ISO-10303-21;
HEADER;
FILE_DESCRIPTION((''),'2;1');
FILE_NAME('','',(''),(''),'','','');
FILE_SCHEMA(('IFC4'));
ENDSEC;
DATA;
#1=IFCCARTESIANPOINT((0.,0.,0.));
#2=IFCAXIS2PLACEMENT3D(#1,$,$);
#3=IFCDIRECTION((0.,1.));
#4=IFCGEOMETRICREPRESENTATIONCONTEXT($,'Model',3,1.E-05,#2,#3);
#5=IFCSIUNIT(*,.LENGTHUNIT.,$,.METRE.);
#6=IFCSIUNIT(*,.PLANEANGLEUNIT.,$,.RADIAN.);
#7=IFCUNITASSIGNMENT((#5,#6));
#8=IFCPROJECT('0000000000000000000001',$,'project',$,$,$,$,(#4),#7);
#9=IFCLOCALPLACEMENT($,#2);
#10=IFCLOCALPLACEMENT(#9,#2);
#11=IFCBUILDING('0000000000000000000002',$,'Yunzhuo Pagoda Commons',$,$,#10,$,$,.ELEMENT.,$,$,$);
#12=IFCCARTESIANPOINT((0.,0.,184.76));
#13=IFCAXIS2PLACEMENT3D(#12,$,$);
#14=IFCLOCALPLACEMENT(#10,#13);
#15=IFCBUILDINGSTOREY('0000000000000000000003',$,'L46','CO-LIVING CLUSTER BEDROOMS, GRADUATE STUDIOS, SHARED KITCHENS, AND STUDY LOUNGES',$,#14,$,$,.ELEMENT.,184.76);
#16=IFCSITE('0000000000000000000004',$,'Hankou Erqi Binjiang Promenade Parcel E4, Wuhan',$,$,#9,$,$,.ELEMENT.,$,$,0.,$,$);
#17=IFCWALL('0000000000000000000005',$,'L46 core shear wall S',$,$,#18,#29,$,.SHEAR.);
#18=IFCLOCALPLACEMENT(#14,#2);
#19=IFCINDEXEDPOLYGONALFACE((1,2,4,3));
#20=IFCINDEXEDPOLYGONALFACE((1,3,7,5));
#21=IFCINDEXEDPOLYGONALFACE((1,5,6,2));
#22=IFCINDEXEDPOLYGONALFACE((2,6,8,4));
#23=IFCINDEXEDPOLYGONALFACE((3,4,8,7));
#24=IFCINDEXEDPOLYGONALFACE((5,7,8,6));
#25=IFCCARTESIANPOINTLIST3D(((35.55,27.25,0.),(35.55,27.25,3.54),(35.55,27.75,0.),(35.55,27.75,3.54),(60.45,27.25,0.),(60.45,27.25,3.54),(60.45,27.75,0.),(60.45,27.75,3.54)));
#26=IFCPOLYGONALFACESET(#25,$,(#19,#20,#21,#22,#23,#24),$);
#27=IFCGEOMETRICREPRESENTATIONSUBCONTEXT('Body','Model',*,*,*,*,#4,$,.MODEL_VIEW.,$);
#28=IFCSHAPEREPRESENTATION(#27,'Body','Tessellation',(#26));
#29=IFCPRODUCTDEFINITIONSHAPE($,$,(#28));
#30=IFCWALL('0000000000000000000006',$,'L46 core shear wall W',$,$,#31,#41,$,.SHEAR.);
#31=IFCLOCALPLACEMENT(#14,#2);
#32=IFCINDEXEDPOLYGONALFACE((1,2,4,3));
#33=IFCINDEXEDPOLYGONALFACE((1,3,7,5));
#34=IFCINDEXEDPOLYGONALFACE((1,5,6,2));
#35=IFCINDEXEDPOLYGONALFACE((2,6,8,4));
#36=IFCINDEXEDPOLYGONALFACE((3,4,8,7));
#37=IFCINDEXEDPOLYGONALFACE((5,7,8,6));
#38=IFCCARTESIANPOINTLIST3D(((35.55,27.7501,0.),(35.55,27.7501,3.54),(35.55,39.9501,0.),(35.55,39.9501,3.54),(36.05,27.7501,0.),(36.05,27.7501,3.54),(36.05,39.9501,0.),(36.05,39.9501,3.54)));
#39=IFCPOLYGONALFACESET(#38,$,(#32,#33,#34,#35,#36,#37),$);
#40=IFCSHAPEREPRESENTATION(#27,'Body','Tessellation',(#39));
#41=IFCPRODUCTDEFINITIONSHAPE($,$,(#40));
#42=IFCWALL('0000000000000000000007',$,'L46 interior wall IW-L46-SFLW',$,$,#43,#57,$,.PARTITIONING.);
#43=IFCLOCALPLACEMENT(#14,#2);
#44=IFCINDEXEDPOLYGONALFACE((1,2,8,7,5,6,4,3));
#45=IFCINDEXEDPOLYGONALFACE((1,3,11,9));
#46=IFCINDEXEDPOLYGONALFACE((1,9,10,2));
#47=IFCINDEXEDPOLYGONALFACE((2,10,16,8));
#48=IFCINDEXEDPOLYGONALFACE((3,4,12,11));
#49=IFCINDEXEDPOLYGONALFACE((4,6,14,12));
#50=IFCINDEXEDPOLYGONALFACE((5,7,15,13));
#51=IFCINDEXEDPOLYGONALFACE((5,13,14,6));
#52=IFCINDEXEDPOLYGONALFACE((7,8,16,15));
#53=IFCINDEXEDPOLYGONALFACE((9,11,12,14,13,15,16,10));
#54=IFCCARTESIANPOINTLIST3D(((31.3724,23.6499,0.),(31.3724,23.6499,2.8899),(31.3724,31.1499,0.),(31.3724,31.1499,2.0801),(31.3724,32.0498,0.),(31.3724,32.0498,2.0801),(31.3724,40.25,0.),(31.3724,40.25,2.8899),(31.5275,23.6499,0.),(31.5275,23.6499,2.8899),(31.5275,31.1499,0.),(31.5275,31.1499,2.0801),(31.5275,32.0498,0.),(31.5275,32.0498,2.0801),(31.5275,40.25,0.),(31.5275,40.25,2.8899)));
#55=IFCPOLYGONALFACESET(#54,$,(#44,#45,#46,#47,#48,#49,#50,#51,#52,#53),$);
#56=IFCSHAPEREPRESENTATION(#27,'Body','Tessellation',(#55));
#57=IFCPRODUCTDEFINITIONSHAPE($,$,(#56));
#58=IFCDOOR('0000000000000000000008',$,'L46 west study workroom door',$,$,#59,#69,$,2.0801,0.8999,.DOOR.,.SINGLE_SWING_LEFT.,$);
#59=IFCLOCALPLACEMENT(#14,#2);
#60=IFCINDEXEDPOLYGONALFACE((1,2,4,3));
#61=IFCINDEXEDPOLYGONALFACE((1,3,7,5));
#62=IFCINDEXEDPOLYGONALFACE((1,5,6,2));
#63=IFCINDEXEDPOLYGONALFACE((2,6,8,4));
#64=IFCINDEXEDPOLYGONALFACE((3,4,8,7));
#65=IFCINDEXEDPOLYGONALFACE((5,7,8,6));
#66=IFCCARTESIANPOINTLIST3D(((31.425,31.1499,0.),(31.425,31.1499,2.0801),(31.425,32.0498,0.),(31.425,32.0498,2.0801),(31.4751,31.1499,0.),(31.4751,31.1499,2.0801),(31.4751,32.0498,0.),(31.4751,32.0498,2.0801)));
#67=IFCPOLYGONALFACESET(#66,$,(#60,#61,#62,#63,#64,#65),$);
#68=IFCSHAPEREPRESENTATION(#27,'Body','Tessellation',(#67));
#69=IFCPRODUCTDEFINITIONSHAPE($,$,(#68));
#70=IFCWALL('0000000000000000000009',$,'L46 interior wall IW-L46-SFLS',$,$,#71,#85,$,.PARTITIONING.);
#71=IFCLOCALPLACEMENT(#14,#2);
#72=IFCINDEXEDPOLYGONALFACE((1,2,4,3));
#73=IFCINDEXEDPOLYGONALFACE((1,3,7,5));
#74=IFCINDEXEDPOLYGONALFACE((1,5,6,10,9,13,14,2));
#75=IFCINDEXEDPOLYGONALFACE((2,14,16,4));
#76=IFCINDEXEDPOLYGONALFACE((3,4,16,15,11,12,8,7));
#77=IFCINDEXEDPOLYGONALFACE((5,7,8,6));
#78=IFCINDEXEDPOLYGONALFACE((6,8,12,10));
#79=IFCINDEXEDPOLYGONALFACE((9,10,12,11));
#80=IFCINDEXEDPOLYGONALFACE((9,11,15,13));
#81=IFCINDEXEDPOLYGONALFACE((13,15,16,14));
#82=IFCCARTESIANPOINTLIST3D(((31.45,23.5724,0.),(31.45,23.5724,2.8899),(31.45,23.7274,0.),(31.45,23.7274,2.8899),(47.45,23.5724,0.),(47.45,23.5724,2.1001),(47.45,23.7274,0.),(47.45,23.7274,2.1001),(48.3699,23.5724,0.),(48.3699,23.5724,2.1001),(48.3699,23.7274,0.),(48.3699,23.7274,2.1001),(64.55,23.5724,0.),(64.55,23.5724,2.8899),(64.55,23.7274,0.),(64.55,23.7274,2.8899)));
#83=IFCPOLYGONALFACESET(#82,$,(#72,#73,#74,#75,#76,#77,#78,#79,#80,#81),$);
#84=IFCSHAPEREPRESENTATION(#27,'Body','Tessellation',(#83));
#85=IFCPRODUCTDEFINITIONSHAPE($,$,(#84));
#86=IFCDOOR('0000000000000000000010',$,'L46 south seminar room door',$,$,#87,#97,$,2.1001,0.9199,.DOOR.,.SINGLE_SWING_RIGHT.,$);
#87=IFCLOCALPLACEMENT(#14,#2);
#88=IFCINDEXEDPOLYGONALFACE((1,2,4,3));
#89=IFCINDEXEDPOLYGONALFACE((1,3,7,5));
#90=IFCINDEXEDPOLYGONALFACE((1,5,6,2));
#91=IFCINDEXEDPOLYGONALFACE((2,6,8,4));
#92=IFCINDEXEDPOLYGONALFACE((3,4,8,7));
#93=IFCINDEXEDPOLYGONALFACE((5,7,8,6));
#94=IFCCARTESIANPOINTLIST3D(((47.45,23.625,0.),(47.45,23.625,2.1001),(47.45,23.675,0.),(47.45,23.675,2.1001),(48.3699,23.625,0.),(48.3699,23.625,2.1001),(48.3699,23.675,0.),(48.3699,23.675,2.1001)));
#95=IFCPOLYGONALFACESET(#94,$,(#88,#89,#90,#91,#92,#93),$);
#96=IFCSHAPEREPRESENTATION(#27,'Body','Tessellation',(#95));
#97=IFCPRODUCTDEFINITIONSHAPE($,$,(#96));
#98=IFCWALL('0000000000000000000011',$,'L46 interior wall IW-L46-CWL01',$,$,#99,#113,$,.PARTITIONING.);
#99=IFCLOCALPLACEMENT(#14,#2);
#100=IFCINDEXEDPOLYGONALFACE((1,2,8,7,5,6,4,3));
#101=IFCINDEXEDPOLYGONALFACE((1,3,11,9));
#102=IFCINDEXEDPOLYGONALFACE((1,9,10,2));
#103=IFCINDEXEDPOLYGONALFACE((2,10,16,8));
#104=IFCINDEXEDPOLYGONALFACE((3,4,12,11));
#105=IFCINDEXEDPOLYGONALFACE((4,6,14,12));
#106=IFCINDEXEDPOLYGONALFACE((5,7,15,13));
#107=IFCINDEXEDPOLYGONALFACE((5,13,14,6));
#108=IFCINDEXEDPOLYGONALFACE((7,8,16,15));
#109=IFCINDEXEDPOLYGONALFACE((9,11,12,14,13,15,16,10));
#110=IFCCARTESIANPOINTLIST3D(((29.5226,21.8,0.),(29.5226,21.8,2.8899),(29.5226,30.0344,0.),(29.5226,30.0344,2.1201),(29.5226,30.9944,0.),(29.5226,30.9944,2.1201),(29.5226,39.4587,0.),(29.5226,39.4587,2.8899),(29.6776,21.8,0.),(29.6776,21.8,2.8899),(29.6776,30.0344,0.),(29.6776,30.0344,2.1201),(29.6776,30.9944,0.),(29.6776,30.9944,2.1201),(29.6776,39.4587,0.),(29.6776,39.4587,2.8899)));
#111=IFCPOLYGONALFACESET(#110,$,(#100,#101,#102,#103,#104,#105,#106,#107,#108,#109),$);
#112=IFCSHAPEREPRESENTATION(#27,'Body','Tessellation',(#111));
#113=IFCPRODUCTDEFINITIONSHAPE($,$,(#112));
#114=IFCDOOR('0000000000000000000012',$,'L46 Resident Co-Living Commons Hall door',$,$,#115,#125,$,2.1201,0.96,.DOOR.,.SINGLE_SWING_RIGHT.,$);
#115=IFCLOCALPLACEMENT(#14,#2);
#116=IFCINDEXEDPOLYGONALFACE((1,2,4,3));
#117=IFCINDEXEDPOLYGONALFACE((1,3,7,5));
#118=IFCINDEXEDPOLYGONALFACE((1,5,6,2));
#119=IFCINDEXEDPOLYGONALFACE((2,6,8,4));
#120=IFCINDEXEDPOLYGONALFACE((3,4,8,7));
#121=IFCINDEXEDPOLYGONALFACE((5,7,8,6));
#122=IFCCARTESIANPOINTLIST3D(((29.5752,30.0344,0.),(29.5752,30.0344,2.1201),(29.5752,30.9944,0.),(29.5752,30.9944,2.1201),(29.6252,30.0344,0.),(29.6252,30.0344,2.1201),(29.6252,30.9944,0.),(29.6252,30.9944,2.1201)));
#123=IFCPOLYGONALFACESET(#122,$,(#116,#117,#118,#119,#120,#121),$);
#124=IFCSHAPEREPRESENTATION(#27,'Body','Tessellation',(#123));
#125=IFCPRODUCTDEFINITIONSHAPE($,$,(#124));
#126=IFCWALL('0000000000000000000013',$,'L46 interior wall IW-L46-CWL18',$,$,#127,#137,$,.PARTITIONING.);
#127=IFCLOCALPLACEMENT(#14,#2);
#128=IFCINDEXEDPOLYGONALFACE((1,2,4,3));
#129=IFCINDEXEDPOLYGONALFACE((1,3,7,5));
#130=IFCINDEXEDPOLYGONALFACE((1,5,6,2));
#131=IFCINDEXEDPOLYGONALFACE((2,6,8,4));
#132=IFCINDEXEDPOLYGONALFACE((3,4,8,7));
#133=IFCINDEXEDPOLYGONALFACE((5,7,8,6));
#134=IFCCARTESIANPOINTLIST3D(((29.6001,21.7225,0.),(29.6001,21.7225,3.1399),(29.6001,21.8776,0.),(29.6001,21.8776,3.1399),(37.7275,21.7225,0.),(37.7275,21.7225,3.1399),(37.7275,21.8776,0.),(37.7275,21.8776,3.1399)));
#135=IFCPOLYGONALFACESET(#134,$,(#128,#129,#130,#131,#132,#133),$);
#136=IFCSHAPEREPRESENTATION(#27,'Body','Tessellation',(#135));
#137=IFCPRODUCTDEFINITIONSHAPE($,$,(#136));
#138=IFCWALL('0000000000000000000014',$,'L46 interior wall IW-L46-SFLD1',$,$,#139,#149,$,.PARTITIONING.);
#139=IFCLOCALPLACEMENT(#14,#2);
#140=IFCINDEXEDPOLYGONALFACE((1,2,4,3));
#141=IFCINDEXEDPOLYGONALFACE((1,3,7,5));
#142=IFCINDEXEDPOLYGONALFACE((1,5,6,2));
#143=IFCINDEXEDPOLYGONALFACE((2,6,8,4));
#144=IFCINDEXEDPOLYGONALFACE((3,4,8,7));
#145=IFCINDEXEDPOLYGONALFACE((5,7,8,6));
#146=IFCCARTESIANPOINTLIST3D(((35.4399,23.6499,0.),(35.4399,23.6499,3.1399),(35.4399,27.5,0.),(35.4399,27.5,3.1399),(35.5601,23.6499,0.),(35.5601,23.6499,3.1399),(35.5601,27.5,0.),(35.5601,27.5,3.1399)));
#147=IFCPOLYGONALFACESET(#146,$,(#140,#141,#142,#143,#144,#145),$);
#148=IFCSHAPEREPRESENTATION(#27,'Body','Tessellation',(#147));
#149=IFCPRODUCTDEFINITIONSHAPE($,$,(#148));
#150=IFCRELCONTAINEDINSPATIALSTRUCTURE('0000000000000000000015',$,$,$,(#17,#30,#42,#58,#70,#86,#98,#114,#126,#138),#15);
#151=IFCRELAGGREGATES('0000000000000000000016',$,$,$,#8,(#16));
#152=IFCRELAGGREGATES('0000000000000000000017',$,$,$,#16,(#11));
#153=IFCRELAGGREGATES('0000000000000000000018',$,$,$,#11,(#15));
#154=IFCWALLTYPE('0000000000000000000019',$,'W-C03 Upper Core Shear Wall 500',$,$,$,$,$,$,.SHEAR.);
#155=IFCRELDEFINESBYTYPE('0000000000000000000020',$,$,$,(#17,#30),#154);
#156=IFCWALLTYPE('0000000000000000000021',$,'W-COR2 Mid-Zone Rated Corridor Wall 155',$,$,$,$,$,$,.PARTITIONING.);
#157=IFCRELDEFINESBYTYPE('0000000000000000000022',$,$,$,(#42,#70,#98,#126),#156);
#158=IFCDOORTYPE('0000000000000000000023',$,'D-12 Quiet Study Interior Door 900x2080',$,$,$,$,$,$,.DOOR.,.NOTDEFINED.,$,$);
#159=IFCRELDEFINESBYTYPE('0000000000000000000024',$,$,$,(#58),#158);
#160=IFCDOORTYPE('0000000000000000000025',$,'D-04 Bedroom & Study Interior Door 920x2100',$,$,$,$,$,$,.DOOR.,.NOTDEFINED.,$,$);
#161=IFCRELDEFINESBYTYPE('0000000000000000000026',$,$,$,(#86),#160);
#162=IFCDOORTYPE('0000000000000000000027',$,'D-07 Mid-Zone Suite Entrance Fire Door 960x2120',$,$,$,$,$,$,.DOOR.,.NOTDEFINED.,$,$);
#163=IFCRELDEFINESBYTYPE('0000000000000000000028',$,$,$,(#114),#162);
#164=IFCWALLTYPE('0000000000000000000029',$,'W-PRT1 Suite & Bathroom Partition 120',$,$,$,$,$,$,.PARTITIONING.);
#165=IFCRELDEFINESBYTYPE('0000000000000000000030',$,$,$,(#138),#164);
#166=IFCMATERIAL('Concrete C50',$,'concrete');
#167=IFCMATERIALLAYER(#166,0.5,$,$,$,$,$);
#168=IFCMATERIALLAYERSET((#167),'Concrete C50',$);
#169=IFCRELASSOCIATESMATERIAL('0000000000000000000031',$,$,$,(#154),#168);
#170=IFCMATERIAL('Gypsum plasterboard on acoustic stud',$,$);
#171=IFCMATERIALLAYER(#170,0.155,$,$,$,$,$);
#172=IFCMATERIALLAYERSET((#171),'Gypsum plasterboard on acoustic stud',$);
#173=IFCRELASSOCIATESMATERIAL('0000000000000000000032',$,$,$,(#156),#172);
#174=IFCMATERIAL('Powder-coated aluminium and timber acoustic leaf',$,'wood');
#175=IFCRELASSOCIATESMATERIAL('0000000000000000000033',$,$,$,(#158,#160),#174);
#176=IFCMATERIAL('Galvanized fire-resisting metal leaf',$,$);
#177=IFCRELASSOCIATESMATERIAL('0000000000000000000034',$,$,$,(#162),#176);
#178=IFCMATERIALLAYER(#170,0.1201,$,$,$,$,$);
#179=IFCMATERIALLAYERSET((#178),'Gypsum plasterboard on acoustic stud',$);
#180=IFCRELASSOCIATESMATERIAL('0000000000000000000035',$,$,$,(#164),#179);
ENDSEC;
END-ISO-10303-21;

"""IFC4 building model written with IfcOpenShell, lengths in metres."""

from ifc_helpers import new_model, si_unit, direction, frame, frame_2d, origin, origin_with_axes, place, context, subcontext, project, spatial, rectangle, extrude, source, transform, mapped, material, layer, layer_set, type_object, element, fill, save


model = new_model("IFC4")

# Units and contexts
model_context = context("Model", 3, precision=1e-05, world=origin(), true_north=direction((0.0, 1.0)))
body_context = subcontext(model_context, "Body", "Model", "MODEL_VIEW")
ifc_project = project(units=[si_unit("LENGTHUNIT", "METRE"), si_unit("PLANEANGLEUNIT", "RADIAN")], contexts=[model_context])

# Site, building, storey
site_placement = place(None, origin())
site = spatial("IfcSite", under=ifc_project, at=site_placement, Name="Hankou Erqi Binjiang Promenade Parcel E4, Wuhan", CompositionType="ELEMENT", RefElevation=0.0)
building_placement = place(site_placement, origin())
building = spatial("IfcBuilding", under=site, at=building_placement, Name="Yunzhuo Pagoda Commons", CompositionType="ELEMENT")
storey_placement = place(building_placement, frame((0.0, 0.0, 184.76)))
storey = spatial("IfcBuildingStorey", under=building, at=storey_placement, Name="L46", Description="CO-LIVING CLUSTER BEDROOMS, GRADUATE STUDIOS, SHARED KITCHENS, AND STUDY LOUNGES", CompositionType="ELEMENT", Elevation=184.76)

# Walls
ifc_material_1 = material(Name="Concrete C50", Category="concrete")
ifc_layer_1 = layer(ifc_material_1, 0.5)
ifc_layer_set_1 = layer_set([ifc_layer_1], Name="Concrete C50")
wall_type_1 = type_object("IfcWallType", Name="W-C03 Upper Core Shear Wall 500", PredefinedType="SHEAR", material=ifc_layer_set_1)
wall_1_placement = place(storey_placement, frame((35.55, 27.5, 0.0), z_axis=(0.0, 0.0, 1.0), x_axis=(1.0, 0.0, 0.0)))
element("IfcWall", 1, at=wall_1_placement, inside=storey, type_object=wall_type_1, Name="L46 core shear wall S", PredefinedType="SHEAR", context=body_context, shape_type="SweptSolid", body=[
    extrude(rectangle(XDim=24.8999, YDim=0.5, at=frame_2d((12.45, 0.0))), origin(), (0.0, 0.0, 1.0), 3.54),
])
wall_2_placement = place(storey_placement, frame((35.8, 27.75, 0.0), z_axis=(0.0, 0.0, 1.0), x_axis=(0.0, 1.0, 0.0)))
element("IfcWall", 2, at=wall_2_placement, inside=storey, type_object=wall_type_1, Name="L46 core shear wall W", PredefinedType="SHEAR", context=body_context, shape_type="SweptSolid", body=[
    extrude(rectangle(XDim=12.2, YDim=0.5, at=frame_2d((6.1001, 0.0))), origin(), (0.0, 0.0, 1.0), 3.54),
])

# Walls, openings, doors
ifc_material_2 = material(Name="Gypsum plasterboard on acoustic stud")
ifc_layer_2 = layer(ifc_material_2, 0.155)
ifc_layer_set_2 = layer_set([ifc_layer_2], Name="Gypsum plasterboard on acoustic stud")
wall_type_2 = type_object("IfcWallType", Name="W-COR2 Mid-Zone Rated Corridor Wall 155", PredefinedType="PARTITIONING", material=ifc_layer_set_2)
wall_3_placement = place(storey_placement, frame((31.45, 23.6499, 0.0), z_axis=(0.0, 0.0, 1.0), x_axis=(0.0, 1.0, 0.0)))
wall_3 = element("IfcWall", 3, at=wall_3_placement, inside=storey, type_object=wall_type_2, Name="L46 interior wall IW-L46-SFLW", PredefinedType="PARTITIONING", context=body_context, shape_type="SweptSolid", body=[
    extrude(rectangle(XDim=16.6001, YDim=0.155, at=frame_2d((8.3, 0.0))), origin(), (0.0, 0.0, 1.0), 2.8899),
])
opening_1_placement = place(wall_3_placement, frame((7.5, 0.0, 0.0)))
opening_1 = element("IfcOpeningElement", 4, at=opening_1_placement, cuts=wall_3, PredefinedType="OPENING", context=body_context, shape_type="SweptSolid", body=[
    extrude(rectangle(XDim=0.8999, YDim=2.0801, at=frame_2d((0.45, 1.04))), frame((0.0, 0.0874, 0.0), z_axis=(0.0, -1.0, 0.0), x_axis=(1.0, 0.0, 0.0)), (0.0, 0.0, 1.0), 0.175),
])
ifc_material_3 = material(Name="Powder-coated aluminium and timber acoustic leaf", Category="wood")
door_type_1 = type_object("IfcDoorType", Name="D-12 Quiet Study Interior Door 900x2080", OperationType="NOTDEFINED", PredefinedType="DOOR", material=ifc_material_3)
shared_shape_1 = source(origin(), body_context, "Body", "SweptSolid", [
    extrude(rectangle(XDim=0.8999, YDim=2.0801, at=frame_2d((0.45, 1.04))), frame((0.0, 0.0249, 0.0), z_axis=(0.0, -1.0, 0.0), x_axis=(1.0, 0.0, 0.0)), (0.0, 0.0, 1.0), 0.05),
])
door_1_placement = place(opening_1_placement, origin_with_axes())
door_1 = element("IfcDoor", 5, at=door_1_placement, inside=storey, type_object=door_type_1, Name="L46 west study workroom door", OperationType="SINGLE_SWING_LEFT", OverallHeight=2.0801, OverallWidth=0.8999, PredefinedType="DOOR", context=body_context, shape_type="MappedRepresentation", body=[
    mapped(shared_shape_1, transform((0.0, 0.0, 0.0), scale=1.0)),
])
fill(opening_1, door_1)
wall_4_placement = place(storey_placement, frame((31.45, 23.6499, 0.0), z_axis=(0.0, 0.0, 1.0), x_axis=(1.0, 0.0, 0.0)))
wall_4 = element("IfcWall", 6, at=wall_4_placement, inside=storey, type_object=wall_type_2, Name="L46 interior wall IW-L46-SFLS", PredefinedType="PARTITIONING", context=body_context, shape_type="SweptSolid", body=[
    extrude(rectangle(XDim=33.1001, YDim=0.155, at=frame_2d((16.55, 0.0))), origin(), (0.0, 0.0, 1.0), 2.8899),
])
opening_2_placement = place(wall_4_placement, frame((16.0, 0.0, 0.0)))
opening_2 = element("IfcOpeningElement", 7, at=opening_2_placement, cuts=wall_4, PredefinedType="OPENING", context=body_context, shape_type="SweptSolid", body=[
    extrude(rectangle(XDim=0.9199, YDim=2.1001, at=frame_2d((0.46, 1.05))), frame((0.0, 0.0874, 0.0), z_axis=(0.0, -1.0, 0.0), x_axis=(1.0, 0.0, 0.0)), (0.0, 0.0, 1.0), 0.175),
])
door_type_2 = type_object("IfcDoorType", Name="D-04 Bedroom & Study Interior Door 920x2100", OperationType="NOTDEFINED", PredefinedType="DOOR", material=ifc_material_3)
shared_shape_2 = source(origin(), body_context, "Body", "SweptSolid", [
    extrude(rectangle(XDim=0.9199, YDim=2.1001, at=frame_2d((0.46, 1.05))), frame((0.0, 0.0249, 0.0), z_axis=(0.0, -1.0, 0.0), x_axis=(1.0, 0.0, 0.0)), (0.0, 0.0, 1.0), 0.05),
])
door_2_placement = place(opening_2_placement, frame((0.9199, 0.0, 0.0), z_axis=(0.0, 0.0, 1.0), x_axis=(-1.0, 0.0, 0.0)))
door_2 = element("IfcDoor", 8, at=door_2_placement, inside=storey, type_object=door_type_2, Name="L46 south seminar room door", OperationType="SINGLE_SWING_RIGHT", OverallHeight=2.1001, OverallWidth=0.9199, PredefinedType="DOOR", context=body_context, shape_type="MappedRepresentation", body=[
    mapped(shared_shape_2, transform((0.0, 0.0, 0.0), scale=1.0)),
])
fill(opening_2, door_2)
wall_5_placement = place(storey_placement, frame((29.6001, 21.8, 0.0), z_axis=(0.0, 0.0, 1.0), x_axis=(0.0, 1.0, 0.0)))
wall_5 = element("IfcWall", 9, at=wall_5_placement, inside=storey, type_object=wall_type_2, Name="L46 interior wall IW-L46-CWL01", PredefinedType="PARTITIONING", context=body_context, shape_type="SweptSolid", body=[
    extrude(rectangle(XDim=17.6587, YDim=0.155, at=frame_2d((8.8293, 0.0))), origin(), (0.0, 0.0, 1.0), 2.8899),
])
opening_3_placement = place(wall_5_placement, frame((8.2344, 0.0, 0.0)))
opening_3 = element("IfcOpeningElement", 10, at=opening_3_placement, cuts=wall_5, PredefinedType="OPENING", context=body_context, shape_type="SweptSolid", body=[
    extrude(rectangle(XDim=0.96, YDim=2.1201, at=frame_2d((0.48, 1.0601))), frame((0.0, 0.0874, 0.0), z_axis=(0.0, -1.0, 0.0), x_axis=(1.0, 0.0, 0.0)), (0.0, 0.0, 1.0), 0.175),
])
ifc_material_4 = material(Name="Galvanized fire-resisting metal leaf")
door_type_3 = type_object("IfcDoorType", Name="D-07 Mid-Zone Suite Entrance Fire Door 960x2120", OperationType="NOTDEFINED", PredefinedType="DOOR", material=ifc_material_4)
shared_shape_3 = source(origin(), body_context, "Body", "SweptSolid", [
    extrude(rectangle(XDim=0.96, YDim=2.1201, at=frame_2d((0.48, 1.0601))), frame((0.0, 0.0249, 0.0), z_axis=(0.0, -1.0, 0.0), x_axis=(1.0, 0.0, 0.0)), (0.0, 0.0, 1.0), 0.05),
])
door_3_placement = place(opening_3_placement, origin_with_axes())
door_3 = element("IfcDoor", 11, at=door_3_placement, inside=storey, type_object=door_type_3, Name="L46 Resident Co-Living Commons Hall door", OperationType="SINGLE_SWING_RIGHT", OverallHeight=2.1201, OverallWidth=0.96, PredefinedType="DOOR", context=body_context, shape_type="MappedRepresentation", body=[
    mapped(shared_shape_3, transform((0.0, 0.0, 0.0), scale=1.0)),
])
fill(opening_3, door_3)

# Walls
wall_6_placement = place(storey_placement, frame((37.7275, 21.8, 0.0), z_axis=(0.0, 0.0, 1.0), x_axis=(-1.0, 0.0, 0.0)))
element("IfcWall", 12, at=wall_6_placement, inside=storey, type_object=wall_type_2, Name="L46 interior wall IW-L46-CWL18", PredefinedType="PARTITIONING", context=body_context, shape_type="SweptSolid", body=[
    extrude(rectangle(XDim=8.1274, YDim=0.155, at=frame_2d((4.0637, 0.0))), origin(), (0.0, 0.0, 1.0), 3.1399),
])
ifc_layer_3 = layer(ifc_material_2, 0.1201)
ifc_layer_set_3 = layer_set([ifc_layer_3], Name="Gypsum plasterboard on acoustic stud")
wall_type_3 = type_object("IfcWallType", Name="W-PRT1 Suite & Bathroom Partition 120", PredefinedType="PARTITIONING", material=ifc_layer_set_3)
wall_7_placement = place(storey_placement, frame((35.5, 23.6499, 0.0), z_axis=(0.0, 0.0, 1.0), x_axis=(0.0, 1.0, 0.0)))
element("IfcWall", 13, at=wall_7_placement, inside=storey, type_object=wall_type_3, Name="L46 interior wall IW-L46-SFLD1", PredefinedType="PARTITIONING", context=body_context, shape_type="SweptSolid", body=[
    extrude(rectangle(XDim=3.8501, YDim=0.1201, at=frame_2d((1.925, 0.0))), origin(), (0.0, 0.0, 1.0), 3.1399),
])

save(model, "model.ifc")
